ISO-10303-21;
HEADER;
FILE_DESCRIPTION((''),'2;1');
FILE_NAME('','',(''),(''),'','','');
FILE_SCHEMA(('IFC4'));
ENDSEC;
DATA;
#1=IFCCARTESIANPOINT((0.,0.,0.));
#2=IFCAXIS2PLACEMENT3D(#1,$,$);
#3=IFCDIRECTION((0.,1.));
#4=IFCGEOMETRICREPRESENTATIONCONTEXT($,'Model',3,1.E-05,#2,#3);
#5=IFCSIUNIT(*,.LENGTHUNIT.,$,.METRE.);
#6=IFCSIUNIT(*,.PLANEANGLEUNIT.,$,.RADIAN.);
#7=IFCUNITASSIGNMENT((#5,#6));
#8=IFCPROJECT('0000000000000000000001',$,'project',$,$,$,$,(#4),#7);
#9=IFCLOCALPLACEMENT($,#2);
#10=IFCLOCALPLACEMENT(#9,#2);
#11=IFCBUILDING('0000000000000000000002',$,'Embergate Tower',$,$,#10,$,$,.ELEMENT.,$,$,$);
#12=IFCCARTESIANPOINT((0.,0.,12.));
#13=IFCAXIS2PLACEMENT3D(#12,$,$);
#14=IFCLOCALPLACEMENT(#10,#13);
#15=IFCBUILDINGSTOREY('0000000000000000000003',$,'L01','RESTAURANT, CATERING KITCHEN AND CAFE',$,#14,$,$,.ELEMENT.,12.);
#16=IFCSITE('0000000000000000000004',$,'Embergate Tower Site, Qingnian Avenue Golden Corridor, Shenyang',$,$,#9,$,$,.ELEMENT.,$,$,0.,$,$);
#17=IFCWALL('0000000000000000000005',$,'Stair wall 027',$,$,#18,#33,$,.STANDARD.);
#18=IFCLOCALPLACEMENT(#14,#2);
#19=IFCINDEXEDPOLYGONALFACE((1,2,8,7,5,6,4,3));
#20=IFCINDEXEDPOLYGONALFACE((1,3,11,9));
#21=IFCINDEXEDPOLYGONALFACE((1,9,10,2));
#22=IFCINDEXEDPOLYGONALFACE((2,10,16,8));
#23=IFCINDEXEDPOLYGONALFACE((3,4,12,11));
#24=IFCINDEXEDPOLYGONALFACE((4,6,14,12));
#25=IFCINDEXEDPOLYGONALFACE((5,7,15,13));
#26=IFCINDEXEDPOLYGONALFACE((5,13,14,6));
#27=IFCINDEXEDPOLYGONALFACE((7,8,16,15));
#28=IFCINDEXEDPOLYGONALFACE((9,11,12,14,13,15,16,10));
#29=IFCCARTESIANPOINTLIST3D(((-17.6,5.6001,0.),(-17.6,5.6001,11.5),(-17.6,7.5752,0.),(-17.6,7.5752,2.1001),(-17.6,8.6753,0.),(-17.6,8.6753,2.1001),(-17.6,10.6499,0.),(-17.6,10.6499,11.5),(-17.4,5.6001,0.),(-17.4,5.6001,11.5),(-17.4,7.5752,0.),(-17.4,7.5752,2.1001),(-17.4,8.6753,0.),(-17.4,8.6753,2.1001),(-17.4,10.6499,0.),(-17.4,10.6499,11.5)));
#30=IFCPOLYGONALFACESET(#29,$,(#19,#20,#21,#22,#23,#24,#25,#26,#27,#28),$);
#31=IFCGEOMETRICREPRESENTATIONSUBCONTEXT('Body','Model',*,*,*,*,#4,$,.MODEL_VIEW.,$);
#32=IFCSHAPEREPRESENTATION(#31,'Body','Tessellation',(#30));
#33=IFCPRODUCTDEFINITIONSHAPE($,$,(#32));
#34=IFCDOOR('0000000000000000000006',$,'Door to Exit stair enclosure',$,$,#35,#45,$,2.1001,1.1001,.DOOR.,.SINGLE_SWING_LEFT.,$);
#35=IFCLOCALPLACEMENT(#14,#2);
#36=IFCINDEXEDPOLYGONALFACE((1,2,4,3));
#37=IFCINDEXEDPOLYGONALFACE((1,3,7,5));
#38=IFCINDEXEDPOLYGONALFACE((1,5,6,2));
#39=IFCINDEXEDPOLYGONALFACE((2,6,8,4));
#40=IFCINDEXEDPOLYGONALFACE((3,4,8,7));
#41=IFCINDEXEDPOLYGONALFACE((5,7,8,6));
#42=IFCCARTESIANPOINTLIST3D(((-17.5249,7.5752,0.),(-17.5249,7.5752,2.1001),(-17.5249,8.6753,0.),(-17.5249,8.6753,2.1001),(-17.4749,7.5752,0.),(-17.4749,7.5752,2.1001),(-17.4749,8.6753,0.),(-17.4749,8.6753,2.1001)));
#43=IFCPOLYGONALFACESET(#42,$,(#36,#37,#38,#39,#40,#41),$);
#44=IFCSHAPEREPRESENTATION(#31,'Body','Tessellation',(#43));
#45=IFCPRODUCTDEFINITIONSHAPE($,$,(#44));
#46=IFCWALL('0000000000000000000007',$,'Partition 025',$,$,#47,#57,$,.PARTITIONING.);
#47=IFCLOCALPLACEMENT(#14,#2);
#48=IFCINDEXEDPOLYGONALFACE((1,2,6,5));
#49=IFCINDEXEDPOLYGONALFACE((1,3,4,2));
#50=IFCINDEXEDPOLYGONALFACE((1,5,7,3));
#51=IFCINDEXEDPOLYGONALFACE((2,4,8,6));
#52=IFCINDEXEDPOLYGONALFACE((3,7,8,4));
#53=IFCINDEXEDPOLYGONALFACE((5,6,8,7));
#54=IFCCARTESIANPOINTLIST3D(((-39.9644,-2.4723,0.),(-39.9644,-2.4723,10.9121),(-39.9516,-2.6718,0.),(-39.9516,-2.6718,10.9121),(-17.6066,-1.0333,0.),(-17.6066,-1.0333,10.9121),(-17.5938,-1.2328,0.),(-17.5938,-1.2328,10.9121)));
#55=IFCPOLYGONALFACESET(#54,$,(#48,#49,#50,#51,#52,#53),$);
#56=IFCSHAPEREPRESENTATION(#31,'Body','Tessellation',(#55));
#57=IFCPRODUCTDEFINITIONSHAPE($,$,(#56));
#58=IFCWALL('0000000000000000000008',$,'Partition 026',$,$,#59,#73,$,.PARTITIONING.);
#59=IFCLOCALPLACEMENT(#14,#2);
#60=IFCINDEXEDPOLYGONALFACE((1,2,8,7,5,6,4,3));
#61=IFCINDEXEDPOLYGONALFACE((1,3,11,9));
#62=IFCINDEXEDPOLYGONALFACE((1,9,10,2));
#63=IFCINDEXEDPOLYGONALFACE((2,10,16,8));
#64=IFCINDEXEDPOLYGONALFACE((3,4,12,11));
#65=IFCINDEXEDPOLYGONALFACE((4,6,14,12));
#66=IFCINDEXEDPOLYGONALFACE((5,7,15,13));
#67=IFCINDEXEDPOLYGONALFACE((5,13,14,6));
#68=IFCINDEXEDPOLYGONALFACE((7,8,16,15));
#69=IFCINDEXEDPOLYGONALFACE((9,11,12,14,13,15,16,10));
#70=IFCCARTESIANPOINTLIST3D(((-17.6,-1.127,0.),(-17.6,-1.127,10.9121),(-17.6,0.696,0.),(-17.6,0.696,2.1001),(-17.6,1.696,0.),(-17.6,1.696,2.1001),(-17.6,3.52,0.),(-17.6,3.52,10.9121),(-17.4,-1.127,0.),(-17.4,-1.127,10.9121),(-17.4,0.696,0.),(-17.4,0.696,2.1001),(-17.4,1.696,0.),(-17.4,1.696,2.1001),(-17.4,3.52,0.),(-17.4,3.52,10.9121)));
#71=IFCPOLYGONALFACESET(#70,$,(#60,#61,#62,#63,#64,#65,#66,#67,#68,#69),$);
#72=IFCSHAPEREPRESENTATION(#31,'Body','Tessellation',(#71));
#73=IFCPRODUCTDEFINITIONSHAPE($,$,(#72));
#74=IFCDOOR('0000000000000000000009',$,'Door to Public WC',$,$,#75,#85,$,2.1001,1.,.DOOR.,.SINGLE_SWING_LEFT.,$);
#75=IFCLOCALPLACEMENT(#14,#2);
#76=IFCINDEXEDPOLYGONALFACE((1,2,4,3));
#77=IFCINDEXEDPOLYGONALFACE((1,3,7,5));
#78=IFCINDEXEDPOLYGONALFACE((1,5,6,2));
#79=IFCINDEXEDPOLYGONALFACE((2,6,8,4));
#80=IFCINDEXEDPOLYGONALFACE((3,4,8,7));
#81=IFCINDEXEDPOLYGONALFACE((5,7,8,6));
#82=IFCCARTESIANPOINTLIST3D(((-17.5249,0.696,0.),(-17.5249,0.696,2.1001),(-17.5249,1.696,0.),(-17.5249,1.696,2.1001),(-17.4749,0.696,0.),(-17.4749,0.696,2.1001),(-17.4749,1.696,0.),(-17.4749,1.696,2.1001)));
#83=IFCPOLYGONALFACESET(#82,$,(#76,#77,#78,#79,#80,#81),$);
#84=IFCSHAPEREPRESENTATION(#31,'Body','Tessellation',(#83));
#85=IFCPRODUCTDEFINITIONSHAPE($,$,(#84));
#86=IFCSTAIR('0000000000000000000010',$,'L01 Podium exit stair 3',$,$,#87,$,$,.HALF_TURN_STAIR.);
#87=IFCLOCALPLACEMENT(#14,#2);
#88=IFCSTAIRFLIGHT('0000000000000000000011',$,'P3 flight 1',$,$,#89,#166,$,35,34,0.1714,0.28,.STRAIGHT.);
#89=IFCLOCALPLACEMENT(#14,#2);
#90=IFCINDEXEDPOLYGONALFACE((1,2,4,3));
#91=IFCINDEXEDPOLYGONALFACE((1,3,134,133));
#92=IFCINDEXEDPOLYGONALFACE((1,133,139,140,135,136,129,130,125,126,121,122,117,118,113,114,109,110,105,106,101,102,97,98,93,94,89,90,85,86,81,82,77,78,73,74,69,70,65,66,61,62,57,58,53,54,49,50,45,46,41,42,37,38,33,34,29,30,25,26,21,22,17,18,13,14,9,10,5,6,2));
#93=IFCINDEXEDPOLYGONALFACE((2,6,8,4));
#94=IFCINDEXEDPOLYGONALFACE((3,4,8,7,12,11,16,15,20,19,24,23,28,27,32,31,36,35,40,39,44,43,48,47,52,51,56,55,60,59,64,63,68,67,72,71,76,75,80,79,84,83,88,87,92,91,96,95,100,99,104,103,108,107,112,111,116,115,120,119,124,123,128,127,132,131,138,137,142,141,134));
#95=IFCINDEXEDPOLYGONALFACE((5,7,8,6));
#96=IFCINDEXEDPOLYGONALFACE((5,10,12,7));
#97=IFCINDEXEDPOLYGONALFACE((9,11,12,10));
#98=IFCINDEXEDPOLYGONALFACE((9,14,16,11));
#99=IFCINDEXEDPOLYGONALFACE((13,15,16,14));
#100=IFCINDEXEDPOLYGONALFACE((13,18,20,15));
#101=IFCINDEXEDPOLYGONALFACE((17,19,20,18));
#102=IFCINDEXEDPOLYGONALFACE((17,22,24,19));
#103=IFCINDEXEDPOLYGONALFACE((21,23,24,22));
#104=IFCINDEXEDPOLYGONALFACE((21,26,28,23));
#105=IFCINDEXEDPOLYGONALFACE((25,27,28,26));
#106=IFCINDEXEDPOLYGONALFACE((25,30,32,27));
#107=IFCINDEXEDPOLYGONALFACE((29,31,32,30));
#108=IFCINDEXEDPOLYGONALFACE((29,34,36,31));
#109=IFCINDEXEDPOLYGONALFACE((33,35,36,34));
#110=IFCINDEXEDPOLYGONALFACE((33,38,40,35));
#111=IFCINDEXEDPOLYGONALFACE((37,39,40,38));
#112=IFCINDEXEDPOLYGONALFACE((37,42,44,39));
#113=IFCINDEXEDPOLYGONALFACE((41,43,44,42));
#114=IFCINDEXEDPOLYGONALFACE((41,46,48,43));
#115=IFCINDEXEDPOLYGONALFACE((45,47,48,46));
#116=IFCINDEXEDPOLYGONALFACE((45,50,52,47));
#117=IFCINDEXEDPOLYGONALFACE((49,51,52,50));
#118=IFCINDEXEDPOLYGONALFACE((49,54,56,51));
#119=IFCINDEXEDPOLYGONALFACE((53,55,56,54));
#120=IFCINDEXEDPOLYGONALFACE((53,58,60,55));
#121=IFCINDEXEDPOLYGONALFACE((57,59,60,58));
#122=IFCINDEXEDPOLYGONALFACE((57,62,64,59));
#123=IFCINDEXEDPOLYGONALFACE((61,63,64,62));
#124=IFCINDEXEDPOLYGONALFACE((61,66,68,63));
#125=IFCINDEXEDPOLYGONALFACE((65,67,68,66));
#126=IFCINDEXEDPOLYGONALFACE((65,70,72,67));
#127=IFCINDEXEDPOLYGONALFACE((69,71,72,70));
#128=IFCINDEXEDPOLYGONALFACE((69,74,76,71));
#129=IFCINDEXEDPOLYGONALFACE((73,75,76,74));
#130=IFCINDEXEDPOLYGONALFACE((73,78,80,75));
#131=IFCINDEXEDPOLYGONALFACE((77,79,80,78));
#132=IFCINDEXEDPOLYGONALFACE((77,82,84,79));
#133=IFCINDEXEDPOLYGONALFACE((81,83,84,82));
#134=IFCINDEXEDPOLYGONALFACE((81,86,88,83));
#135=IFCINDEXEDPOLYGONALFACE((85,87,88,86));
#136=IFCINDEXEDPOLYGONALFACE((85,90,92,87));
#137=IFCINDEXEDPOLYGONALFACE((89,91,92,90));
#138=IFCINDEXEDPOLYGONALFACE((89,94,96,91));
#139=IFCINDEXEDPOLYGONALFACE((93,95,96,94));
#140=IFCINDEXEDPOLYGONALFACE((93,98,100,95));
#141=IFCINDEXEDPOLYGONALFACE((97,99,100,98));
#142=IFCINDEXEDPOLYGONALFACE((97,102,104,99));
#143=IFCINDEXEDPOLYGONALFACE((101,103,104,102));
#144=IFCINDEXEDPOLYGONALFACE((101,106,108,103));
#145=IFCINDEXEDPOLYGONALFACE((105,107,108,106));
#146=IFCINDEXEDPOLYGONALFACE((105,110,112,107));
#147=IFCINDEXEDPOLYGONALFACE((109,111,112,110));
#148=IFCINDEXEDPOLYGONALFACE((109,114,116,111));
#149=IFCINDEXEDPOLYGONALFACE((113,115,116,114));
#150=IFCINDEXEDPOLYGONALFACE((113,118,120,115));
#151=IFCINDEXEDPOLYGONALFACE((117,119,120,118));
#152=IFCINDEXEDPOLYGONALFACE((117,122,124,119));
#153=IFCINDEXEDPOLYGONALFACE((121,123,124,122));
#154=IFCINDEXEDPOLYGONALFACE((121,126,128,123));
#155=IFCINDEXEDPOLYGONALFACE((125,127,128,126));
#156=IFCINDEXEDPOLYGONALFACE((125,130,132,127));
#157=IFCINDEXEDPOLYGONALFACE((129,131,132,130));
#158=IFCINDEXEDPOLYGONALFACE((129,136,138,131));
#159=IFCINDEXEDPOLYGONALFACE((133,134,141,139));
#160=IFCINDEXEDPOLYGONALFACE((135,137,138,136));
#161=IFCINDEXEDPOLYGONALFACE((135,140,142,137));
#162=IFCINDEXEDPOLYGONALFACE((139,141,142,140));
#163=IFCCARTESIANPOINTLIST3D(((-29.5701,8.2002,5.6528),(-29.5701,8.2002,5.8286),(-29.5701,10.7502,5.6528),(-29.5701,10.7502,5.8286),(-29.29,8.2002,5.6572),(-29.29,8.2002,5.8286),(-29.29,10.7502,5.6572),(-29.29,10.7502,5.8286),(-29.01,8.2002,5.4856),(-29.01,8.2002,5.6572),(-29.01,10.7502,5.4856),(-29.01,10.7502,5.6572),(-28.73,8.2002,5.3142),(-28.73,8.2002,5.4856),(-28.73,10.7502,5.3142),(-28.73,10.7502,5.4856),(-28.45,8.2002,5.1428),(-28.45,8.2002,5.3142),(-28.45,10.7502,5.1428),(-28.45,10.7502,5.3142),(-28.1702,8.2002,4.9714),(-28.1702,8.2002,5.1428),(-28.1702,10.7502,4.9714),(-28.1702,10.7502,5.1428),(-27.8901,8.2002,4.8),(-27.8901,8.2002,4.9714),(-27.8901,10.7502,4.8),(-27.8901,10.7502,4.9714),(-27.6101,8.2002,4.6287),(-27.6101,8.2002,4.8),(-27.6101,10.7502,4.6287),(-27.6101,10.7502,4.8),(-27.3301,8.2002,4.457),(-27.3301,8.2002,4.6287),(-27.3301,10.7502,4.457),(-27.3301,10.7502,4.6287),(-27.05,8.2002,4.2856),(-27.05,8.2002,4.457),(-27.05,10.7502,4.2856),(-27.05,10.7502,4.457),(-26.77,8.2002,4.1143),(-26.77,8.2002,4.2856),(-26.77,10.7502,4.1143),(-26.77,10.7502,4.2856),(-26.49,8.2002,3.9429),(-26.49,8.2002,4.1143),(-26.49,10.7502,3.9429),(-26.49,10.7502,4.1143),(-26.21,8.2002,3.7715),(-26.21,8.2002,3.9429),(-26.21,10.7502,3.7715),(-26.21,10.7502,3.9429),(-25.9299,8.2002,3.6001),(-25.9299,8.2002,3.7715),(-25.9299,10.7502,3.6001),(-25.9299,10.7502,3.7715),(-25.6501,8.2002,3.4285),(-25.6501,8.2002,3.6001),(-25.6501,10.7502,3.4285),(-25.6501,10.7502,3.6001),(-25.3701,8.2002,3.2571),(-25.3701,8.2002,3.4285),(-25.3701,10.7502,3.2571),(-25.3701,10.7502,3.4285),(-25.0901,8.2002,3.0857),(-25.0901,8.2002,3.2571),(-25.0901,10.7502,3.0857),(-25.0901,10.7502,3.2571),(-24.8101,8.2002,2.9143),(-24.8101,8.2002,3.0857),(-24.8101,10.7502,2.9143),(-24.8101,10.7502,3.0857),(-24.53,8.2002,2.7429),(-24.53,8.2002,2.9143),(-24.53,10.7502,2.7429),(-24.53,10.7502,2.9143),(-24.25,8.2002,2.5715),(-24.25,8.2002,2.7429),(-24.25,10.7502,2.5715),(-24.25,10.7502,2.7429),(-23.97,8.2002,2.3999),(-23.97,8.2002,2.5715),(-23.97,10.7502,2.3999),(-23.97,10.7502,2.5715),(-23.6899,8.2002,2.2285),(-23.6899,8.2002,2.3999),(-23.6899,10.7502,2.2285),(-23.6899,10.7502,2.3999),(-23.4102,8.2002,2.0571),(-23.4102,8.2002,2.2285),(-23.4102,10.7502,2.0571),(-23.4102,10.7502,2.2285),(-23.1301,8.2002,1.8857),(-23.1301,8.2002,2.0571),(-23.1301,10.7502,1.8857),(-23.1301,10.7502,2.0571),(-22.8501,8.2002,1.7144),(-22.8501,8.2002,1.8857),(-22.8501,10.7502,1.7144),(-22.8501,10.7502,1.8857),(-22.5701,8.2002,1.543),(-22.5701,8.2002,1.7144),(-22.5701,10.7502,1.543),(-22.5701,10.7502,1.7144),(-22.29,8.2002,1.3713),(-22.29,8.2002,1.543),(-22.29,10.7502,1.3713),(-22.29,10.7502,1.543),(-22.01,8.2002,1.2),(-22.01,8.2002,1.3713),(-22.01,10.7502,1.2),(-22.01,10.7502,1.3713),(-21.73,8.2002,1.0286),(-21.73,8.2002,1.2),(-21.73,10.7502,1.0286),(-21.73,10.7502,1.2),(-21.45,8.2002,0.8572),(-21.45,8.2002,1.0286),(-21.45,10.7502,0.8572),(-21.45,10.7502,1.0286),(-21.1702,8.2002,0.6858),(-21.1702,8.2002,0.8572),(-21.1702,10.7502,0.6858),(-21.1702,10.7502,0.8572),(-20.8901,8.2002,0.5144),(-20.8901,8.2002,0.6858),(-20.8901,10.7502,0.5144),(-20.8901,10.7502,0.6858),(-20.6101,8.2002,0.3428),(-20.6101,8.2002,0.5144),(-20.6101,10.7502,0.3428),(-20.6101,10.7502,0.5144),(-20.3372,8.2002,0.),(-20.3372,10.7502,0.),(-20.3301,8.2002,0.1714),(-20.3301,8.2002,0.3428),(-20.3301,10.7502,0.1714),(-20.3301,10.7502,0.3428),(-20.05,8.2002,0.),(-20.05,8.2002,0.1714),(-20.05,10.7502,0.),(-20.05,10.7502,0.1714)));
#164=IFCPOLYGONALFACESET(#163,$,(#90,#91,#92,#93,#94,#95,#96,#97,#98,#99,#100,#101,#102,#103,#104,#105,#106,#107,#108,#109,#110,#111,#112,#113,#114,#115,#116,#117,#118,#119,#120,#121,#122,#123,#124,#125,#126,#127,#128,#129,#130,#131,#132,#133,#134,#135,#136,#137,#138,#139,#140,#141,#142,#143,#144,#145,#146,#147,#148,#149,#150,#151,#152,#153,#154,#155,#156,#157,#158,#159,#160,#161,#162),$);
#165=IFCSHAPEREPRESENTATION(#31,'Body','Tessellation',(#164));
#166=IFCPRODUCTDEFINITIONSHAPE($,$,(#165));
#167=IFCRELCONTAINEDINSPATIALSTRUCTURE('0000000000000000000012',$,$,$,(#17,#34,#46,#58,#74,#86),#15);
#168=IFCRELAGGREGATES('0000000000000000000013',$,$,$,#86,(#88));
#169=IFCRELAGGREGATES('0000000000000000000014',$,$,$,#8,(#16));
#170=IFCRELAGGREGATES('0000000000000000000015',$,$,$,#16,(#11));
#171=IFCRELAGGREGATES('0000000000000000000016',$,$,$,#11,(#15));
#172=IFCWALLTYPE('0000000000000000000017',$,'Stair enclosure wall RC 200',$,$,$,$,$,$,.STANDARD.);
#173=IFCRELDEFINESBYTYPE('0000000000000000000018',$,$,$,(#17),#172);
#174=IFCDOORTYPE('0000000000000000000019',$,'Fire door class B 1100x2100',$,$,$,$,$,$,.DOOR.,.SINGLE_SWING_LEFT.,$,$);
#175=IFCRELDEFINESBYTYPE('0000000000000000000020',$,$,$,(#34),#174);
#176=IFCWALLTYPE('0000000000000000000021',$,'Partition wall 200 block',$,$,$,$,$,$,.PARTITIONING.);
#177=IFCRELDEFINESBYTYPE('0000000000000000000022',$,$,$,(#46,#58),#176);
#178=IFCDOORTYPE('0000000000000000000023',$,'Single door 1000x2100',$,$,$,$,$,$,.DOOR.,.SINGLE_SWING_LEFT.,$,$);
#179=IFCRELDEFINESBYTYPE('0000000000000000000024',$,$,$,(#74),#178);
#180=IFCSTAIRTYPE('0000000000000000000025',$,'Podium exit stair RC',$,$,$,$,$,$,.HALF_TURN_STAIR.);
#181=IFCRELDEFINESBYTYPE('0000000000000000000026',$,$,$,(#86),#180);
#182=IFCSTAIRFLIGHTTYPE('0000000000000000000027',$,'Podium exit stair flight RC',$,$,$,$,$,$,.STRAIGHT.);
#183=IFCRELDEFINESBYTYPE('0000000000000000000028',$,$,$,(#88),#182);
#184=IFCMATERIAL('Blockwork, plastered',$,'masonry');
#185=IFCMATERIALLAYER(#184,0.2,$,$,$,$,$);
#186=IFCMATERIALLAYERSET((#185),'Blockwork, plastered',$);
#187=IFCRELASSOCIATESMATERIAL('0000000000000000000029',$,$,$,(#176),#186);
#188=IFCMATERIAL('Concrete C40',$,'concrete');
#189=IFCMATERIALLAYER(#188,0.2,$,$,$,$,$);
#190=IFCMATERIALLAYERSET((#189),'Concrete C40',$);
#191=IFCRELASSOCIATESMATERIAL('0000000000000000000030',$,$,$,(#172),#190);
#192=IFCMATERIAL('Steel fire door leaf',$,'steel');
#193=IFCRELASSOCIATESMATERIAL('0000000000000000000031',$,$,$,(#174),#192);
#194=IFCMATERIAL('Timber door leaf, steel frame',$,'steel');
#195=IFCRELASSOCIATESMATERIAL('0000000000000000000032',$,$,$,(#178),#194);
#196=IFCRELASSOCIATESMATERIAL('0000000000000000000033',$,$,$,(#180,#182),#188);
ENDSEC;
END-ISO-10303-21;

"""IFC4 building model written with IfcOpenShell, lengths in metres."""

from ifc_helpers import new_model, si_unit, direction, frame, frame_2d, origin, place, context, subcontext, project, spatial, polyline, rectangle, outline, extrude, source, transform, mapped, material, layer, layer_set, type_object, element, fill, aggregate, save


model = new_model("IFC4")

# Units and contexts
model_context = context("Model", 3, precision=1e-05, world=origin(), true_north=direction((0.0, 1.0)))
body_context = subcontext(model_context, "Body", "Model", "MODEL_VIEW")
ifc_project = project(units=[si_unit("LENGTHUNIT", "METRE"), si_unit("PLANEANGLEUNIT", "RADIAN")], contexts=[model_context])

# Site, building, storey
site_placement = place(None, origin())
site = spatial("IfcSite", under=ifc_project, at=site_placement, Name="Embergate Tower Site, Qingnian Avenue Golden Corridor, Shenyang", CompositionType="ELEMENT", RefElevation=0.0)
building_placement = place(site_placement, origin())
building = spatial("IfcBuilding", under=site, at=building_placement, Name="Embergate Tower", CompositionType="ELEMENT")
storey_placement = place(building_placement, frame((0.0, 0.0, 12.0)))
storey = spatial("IfcBuildingStorey", under=building, at=storey_placement, Name="L01", Description="RESTAURANT, CATERING KITCHEN AND CAFE", CompositionType="ELEMENT", Elevation=12.0)

# Shared definitions
ifc_material_1 = material(Name="Blockwork, plastered", Category="masonry")
ifc_layer_1 = layer(ifc_material_1, 0.2)
ifc_layer_set_1 = layer_set([ifc_layer_1], Name="Blockwork, plastered")
wall_type_1 = type_object("IfcWallType", Name="Partition wall 200 block", PredefinedType="PARTITIONING", material=ifc_layer_set_1)

# Wall, opening, door
ifc_material_2 = material(Name="Concrete C40", Category="concrete")
ifc_layer_2 = layer(ifc_material_2, 0.2)
ifc_layer_set_2 = layer_set([ifc_layer_2], Name="Concrete C40")
wall_type_2 = type_object("IfcWallType", Name="Stair enclosure wall RC 200", PredefinedType="STANDARD", material=ifc_layer_set_2)
shared_shape_1 = source(origin(), body_context, "Body", "SweptSolid", [
    extrude(rectangle(XDim=5.0498, YDim=0.2, at=frame_2d((2.5249, 0.0))), origin(), (0.0, 0.0, 1.0), 11.5),
])
wall_1_placement = place(storey_placement, frame((-17.5, 5.6001, 0.0), z_axis=(0.0, 0.0, 1.0), x_axis=(0.0, 1.0, 0.0)))
wall_1 = element("IfcWall", 1, at=wall_1_placement, inside=storey, type_object=wall_type_2, Name="Stair wall 027", PredefinedType="STANDARD", context=body_context, shape_type="MappedRepresentation", body=[
    mapped(shared_shape_1, transform((0.0, 0.0, 0.0))),
])
shared_shape_2 = source(origin(), body_context, "Body", "SweptSolid", [
    extrude(rectangle(XDim=1.1001, YDim=2.1001, at=frame_2d((0.55, 1.05))), frame((0.0, 0.1099, 0.0), z_axis=(0.0, -1.0, 0.0), x_axis=(1.0, 0.0, 0.0)), (0.0, 0.0, 1.0), 0.22),
])
opening_1_placement = place(wall_1_placement, frame((1.9751, 0.0, 0.0)))
opening_1 = element("IfcOpeningElement", 2, at=opening_1_placement, cuts=wall_1, PredefinedType="OPENING", context=body_context, shape_type="MappedRepresentation", body=[
    mapped(shared_shape_2, transform((0.0, 0.0, 0.0))),
])
ifc_material_3 = material(Name="Steel fire door leaf", Category="steel")
door_type_1 = type_object("IfcDoorType", Name="Fire door class B 1100x2100", OperationType="SINGLE_SWING_LEFT", PredefinedType="DOOR", material=ifc_material_3)
shared_shape_3 = source(origin(), body_context, "Body", "SweptSolid", [
    extrude(rectangle(XDim=1.1001, YDim=2.1001, at=frame_2d((0.55, 1.05))), frame((0.0, 0.0249, 0.0), z_axis=(0.0, -1.0, 0.0), x_axis=(1.0, 0.0, 0.0)), (0.0, 0.0, 1.0), 0.05),
])
door_1_placement = place(opening_1_placement, origin())
door_1 = element("IfcDoor", 3, at=door_1_placement, inside=storey, type_object=door_type_1, Name="Door to Exit stair enclosure", OperationType="SINGLE_SWING_LEFT", OverallHeight=2.1001, OverallWidth=1.1001, PredefinedType="DOOR", context=body_context, shape_type="MappedRepresentation", body=[
    mapped(shared_shape_3, transform((0.0, 0.0, 0.0))),
])
fill(opening_1, door_1)

# Wall
shared_shape_4 = source(origin(), body_context, "Body", "SweptSolid", [
    extrude(rectangle(XDim=22.4041, YDim=0.2, at=frame_2d((11.2021, 0.0))), origin(), (0.0, 0.0, 1.0), 10.9121),
])
wall_2_placement = place(storey_placement, frame((-17.6001, -1.1331, 0.0), z_axis=(0.0, 0.0, 1.0), x_axis=(-0.997935, -0.064228, 0.0)))
element("IfcWall", 4, at=wall_2_placement, inside=storey, type_object=wall_type_1, Name="Partition 025", PredefinedType="PARTITIONING", context=body_context, shape_type="MappedRepresentation", body=[
    mapped(shared_shape_4, transform((0.0, 0.0, 0.0))),
])

# Wall, opening, door
shared_shape_5 = source(origin(), body_context, "Body", "SweptSolid", [
    extrude(rectangle(XDim=4.647, YDim=0.2, at=frame_2d((2.3235, 0.0))), origin(), (0.0, 0.0, 1.0), 10.9121),
])
wall_3_placement = place(storey_placement, frame((-17.5, -1.127, 0.0), z_axis=(0.0, 0.0, 1.0), x_axis=(0.0, 1.0, 0.0)))
wall_3 = element("IfcWall", 5, at=wall_3_placement, inside=storey, type_object=wall_type_1, Name="Partition 026", PredefinedType="PARTITIONING", context=body_context, shape_type="MappedRepresentation", body=[
    mapped(shared_shape_5, transform((0.0, 0.0, 0.0))),
])
shared_shape_6 = source(origin(), body_context, "Body", "SweptSolid", [
    extrude(rectangle(XDim=1.0, YDim=2.1001, at=frame_2d((0.5, 1.05))), frame((0.0, 0.1099, 0.0), z_axis=(0.0, -1.0, 0.0), x_axis=(1.0, 0.0, 0.0)), (0.0, 0.0, 1.0), 0.22),
])
opening_2_placement = place(wall_3_placement, frame((1.823, 0.0, 0.0)))
opening_2 = element("IfcOpeningElement", 6, at=opening_2_placement, cuts=wall_3, PredefinedType="OPENING", context=body_context, shape_type="MappedRepresentation", body=[
    mapped(shared_shape_6, transform((0.0, 0.0, 0.0))),
])
ifc_material_4 = material(Name="Timber door leaf, steel frame", Category="steel")
door_type_2 = type_object("IfcDoorType", Name="Single door 1000x2100", OperationType="SINGLE_SWING_LEFT", PredefinedType="DOOR", material=ifc_material_4)
shared_shape_7 = source(origin(), body_context, "Body", "SweptSolid", [
    extrude(rectangle(XDim=1.0, YDim=2.1001, at=frame_2d((0.5, 1.05))), frame((0.0, 0.0249, 0.0), z_axis=(0.0, -1.0, 0.0), x_axis=(1.0, 0.0, 0.0)), (0.0, 0.0, 1.0), 0.05),
])
door_2_placement = place(opening_2_placement, origin())
door_2 = element("IfcDoor", 7, at=door_2_placement, inside=storey, type_object=door_type_2, Name="Door to Public WC", OperationType="SINGLE_SWING_LEFT", OverallHeight=2.1001, OverallWidth=1.0, PredefinedType="DOOR", context=body_context, shape_type="MappedRepresentation", body=[
    mapped(shared_shape_7, transform((0.0, 0.0, 0.0))),
])
fill(opening_2, door_2)

# Stair, stair flight
stair_type = type_object("IfcStairType", Name="Podium exit stair RC", PredefinedType="HALF_TURN_STAIR", material=ifc_material_2)
stair_placement = place(storey_placement, origin())
stair = element("IfcStair", 8, at=stair_placement, inside=storey, type_object=stair_type, Name="L01 Podium exit stair 3", PredefinedType="HALF_TURN_STAIR")
stair_flight_type = type_object("IfcStairFlightType", Name="Podium exit stair flight RC", PredefinedType="STRAIGHT", material=ifc_material_2)
shared_shape_8 = source(origin(), body_context, "Body", "SweptSolid", [
    extrude(outline(polyline([(0.0, 0.0), (0.0, 0.1714), (0.28, 0.1714), (0.28, 0.3428), (0.5601, 0.3428), (0.5601, 0.5144), (0.8401, 0.5144), (0.8401, 0.6858), (1.1201, 0.6858), (1.1201, 0.8572), (1.3999, 0.8572), (1.3999, 1.0286), (1.6799, 1.0286), (1.6799, 1.2), (1.96, 1.2), (1.96, 1.3713), (2.24, 1.3713), (2.24, 1.543), (2.52, 1.543), (2.52, 1.7144), (2.8, 1.7144), (2.8, 1.8857), (3.0801, 1.8857), (3.0801, 2.0571), (3.3601, 2.0571), (3.3601, 2.2285), (3.6399, 2.2285), (3.6399, 2.3999), (3.9199, 2.3999), (3.9199, 2.5715), (4.2, 2.5715), (4.2, 2.7429), (4.48, 2.7429), (4.48, 2.9143), (4.76, 2.9143), (4.76, 3.0857), (5.04, 3.0857), (5.04, 3.2571), (5.3201, 3.2571), (5.3201, 3.4285), (5.6001, 3.4285), (5.6001, 3.6001), (5.8799, 3.6001), (5.8799, 3.7715), (6.1599, 3.7715), (6.1599, 3.9429), (6.4399, 3.9429), (6.4399, 4.1143), (6.72, 4.1143), (6.72, 4.2856), (7.0, 4.2856), (7.0, 4.457), (7.28, 4.457), (7.28, 4.6287), (7.5601, 4.6287), (7.5601, 4.8), (7.8401, 4.8), (7.8401, 4.9714), (8.1201, 4.9714), (8.1201, 5.1428), (8.3999, 5.1428), (8.3999, 5.3142), (8.6799, 5.3142), (8.6799, 5.4856), (8.96, 5.4856), (8.96, 5.6572), (9.24, 5.6572), (9.24, 5.8286), (9.52, 5.8286), (9.52, 6.0), (9.52, 5.6528), (0.2871, 0.0), (0.0, 0.0)])), frame((0.0, 1.2749, 0.0), z_axis=(0.0, -1.0, 0.0), x_axis=(1.0, 0.0, 0.0)), (0.0, 0.0, 1.0), 2.55),
])
stair_flight_1_placement = place(storey_placement, frame((-20.05, 9.4751, 0.0), z_axis=(0.0, 0.0, 1.0), x_axis=(-1.0, 0.0, 0.0)))
stair_flight_1 = element("IfcStairFlight", 9, at=stair_flight_1_placement, type_object=stair_flight_type, Name="P3 flight 1", NumberOfRisers=35, NumberOfTreads=34, PredefinedType="STRAIGHT", RiserHeight=0.1714, TreadLength=0.28, context=body_context, shape_type="MappedRepresentation", body=[
    mapped(shared_shape_8, transform((0.0, 0.0, 0.0))),
])
aggregate(stair, [stair_flight_1])

save(model, "model.ifc")
